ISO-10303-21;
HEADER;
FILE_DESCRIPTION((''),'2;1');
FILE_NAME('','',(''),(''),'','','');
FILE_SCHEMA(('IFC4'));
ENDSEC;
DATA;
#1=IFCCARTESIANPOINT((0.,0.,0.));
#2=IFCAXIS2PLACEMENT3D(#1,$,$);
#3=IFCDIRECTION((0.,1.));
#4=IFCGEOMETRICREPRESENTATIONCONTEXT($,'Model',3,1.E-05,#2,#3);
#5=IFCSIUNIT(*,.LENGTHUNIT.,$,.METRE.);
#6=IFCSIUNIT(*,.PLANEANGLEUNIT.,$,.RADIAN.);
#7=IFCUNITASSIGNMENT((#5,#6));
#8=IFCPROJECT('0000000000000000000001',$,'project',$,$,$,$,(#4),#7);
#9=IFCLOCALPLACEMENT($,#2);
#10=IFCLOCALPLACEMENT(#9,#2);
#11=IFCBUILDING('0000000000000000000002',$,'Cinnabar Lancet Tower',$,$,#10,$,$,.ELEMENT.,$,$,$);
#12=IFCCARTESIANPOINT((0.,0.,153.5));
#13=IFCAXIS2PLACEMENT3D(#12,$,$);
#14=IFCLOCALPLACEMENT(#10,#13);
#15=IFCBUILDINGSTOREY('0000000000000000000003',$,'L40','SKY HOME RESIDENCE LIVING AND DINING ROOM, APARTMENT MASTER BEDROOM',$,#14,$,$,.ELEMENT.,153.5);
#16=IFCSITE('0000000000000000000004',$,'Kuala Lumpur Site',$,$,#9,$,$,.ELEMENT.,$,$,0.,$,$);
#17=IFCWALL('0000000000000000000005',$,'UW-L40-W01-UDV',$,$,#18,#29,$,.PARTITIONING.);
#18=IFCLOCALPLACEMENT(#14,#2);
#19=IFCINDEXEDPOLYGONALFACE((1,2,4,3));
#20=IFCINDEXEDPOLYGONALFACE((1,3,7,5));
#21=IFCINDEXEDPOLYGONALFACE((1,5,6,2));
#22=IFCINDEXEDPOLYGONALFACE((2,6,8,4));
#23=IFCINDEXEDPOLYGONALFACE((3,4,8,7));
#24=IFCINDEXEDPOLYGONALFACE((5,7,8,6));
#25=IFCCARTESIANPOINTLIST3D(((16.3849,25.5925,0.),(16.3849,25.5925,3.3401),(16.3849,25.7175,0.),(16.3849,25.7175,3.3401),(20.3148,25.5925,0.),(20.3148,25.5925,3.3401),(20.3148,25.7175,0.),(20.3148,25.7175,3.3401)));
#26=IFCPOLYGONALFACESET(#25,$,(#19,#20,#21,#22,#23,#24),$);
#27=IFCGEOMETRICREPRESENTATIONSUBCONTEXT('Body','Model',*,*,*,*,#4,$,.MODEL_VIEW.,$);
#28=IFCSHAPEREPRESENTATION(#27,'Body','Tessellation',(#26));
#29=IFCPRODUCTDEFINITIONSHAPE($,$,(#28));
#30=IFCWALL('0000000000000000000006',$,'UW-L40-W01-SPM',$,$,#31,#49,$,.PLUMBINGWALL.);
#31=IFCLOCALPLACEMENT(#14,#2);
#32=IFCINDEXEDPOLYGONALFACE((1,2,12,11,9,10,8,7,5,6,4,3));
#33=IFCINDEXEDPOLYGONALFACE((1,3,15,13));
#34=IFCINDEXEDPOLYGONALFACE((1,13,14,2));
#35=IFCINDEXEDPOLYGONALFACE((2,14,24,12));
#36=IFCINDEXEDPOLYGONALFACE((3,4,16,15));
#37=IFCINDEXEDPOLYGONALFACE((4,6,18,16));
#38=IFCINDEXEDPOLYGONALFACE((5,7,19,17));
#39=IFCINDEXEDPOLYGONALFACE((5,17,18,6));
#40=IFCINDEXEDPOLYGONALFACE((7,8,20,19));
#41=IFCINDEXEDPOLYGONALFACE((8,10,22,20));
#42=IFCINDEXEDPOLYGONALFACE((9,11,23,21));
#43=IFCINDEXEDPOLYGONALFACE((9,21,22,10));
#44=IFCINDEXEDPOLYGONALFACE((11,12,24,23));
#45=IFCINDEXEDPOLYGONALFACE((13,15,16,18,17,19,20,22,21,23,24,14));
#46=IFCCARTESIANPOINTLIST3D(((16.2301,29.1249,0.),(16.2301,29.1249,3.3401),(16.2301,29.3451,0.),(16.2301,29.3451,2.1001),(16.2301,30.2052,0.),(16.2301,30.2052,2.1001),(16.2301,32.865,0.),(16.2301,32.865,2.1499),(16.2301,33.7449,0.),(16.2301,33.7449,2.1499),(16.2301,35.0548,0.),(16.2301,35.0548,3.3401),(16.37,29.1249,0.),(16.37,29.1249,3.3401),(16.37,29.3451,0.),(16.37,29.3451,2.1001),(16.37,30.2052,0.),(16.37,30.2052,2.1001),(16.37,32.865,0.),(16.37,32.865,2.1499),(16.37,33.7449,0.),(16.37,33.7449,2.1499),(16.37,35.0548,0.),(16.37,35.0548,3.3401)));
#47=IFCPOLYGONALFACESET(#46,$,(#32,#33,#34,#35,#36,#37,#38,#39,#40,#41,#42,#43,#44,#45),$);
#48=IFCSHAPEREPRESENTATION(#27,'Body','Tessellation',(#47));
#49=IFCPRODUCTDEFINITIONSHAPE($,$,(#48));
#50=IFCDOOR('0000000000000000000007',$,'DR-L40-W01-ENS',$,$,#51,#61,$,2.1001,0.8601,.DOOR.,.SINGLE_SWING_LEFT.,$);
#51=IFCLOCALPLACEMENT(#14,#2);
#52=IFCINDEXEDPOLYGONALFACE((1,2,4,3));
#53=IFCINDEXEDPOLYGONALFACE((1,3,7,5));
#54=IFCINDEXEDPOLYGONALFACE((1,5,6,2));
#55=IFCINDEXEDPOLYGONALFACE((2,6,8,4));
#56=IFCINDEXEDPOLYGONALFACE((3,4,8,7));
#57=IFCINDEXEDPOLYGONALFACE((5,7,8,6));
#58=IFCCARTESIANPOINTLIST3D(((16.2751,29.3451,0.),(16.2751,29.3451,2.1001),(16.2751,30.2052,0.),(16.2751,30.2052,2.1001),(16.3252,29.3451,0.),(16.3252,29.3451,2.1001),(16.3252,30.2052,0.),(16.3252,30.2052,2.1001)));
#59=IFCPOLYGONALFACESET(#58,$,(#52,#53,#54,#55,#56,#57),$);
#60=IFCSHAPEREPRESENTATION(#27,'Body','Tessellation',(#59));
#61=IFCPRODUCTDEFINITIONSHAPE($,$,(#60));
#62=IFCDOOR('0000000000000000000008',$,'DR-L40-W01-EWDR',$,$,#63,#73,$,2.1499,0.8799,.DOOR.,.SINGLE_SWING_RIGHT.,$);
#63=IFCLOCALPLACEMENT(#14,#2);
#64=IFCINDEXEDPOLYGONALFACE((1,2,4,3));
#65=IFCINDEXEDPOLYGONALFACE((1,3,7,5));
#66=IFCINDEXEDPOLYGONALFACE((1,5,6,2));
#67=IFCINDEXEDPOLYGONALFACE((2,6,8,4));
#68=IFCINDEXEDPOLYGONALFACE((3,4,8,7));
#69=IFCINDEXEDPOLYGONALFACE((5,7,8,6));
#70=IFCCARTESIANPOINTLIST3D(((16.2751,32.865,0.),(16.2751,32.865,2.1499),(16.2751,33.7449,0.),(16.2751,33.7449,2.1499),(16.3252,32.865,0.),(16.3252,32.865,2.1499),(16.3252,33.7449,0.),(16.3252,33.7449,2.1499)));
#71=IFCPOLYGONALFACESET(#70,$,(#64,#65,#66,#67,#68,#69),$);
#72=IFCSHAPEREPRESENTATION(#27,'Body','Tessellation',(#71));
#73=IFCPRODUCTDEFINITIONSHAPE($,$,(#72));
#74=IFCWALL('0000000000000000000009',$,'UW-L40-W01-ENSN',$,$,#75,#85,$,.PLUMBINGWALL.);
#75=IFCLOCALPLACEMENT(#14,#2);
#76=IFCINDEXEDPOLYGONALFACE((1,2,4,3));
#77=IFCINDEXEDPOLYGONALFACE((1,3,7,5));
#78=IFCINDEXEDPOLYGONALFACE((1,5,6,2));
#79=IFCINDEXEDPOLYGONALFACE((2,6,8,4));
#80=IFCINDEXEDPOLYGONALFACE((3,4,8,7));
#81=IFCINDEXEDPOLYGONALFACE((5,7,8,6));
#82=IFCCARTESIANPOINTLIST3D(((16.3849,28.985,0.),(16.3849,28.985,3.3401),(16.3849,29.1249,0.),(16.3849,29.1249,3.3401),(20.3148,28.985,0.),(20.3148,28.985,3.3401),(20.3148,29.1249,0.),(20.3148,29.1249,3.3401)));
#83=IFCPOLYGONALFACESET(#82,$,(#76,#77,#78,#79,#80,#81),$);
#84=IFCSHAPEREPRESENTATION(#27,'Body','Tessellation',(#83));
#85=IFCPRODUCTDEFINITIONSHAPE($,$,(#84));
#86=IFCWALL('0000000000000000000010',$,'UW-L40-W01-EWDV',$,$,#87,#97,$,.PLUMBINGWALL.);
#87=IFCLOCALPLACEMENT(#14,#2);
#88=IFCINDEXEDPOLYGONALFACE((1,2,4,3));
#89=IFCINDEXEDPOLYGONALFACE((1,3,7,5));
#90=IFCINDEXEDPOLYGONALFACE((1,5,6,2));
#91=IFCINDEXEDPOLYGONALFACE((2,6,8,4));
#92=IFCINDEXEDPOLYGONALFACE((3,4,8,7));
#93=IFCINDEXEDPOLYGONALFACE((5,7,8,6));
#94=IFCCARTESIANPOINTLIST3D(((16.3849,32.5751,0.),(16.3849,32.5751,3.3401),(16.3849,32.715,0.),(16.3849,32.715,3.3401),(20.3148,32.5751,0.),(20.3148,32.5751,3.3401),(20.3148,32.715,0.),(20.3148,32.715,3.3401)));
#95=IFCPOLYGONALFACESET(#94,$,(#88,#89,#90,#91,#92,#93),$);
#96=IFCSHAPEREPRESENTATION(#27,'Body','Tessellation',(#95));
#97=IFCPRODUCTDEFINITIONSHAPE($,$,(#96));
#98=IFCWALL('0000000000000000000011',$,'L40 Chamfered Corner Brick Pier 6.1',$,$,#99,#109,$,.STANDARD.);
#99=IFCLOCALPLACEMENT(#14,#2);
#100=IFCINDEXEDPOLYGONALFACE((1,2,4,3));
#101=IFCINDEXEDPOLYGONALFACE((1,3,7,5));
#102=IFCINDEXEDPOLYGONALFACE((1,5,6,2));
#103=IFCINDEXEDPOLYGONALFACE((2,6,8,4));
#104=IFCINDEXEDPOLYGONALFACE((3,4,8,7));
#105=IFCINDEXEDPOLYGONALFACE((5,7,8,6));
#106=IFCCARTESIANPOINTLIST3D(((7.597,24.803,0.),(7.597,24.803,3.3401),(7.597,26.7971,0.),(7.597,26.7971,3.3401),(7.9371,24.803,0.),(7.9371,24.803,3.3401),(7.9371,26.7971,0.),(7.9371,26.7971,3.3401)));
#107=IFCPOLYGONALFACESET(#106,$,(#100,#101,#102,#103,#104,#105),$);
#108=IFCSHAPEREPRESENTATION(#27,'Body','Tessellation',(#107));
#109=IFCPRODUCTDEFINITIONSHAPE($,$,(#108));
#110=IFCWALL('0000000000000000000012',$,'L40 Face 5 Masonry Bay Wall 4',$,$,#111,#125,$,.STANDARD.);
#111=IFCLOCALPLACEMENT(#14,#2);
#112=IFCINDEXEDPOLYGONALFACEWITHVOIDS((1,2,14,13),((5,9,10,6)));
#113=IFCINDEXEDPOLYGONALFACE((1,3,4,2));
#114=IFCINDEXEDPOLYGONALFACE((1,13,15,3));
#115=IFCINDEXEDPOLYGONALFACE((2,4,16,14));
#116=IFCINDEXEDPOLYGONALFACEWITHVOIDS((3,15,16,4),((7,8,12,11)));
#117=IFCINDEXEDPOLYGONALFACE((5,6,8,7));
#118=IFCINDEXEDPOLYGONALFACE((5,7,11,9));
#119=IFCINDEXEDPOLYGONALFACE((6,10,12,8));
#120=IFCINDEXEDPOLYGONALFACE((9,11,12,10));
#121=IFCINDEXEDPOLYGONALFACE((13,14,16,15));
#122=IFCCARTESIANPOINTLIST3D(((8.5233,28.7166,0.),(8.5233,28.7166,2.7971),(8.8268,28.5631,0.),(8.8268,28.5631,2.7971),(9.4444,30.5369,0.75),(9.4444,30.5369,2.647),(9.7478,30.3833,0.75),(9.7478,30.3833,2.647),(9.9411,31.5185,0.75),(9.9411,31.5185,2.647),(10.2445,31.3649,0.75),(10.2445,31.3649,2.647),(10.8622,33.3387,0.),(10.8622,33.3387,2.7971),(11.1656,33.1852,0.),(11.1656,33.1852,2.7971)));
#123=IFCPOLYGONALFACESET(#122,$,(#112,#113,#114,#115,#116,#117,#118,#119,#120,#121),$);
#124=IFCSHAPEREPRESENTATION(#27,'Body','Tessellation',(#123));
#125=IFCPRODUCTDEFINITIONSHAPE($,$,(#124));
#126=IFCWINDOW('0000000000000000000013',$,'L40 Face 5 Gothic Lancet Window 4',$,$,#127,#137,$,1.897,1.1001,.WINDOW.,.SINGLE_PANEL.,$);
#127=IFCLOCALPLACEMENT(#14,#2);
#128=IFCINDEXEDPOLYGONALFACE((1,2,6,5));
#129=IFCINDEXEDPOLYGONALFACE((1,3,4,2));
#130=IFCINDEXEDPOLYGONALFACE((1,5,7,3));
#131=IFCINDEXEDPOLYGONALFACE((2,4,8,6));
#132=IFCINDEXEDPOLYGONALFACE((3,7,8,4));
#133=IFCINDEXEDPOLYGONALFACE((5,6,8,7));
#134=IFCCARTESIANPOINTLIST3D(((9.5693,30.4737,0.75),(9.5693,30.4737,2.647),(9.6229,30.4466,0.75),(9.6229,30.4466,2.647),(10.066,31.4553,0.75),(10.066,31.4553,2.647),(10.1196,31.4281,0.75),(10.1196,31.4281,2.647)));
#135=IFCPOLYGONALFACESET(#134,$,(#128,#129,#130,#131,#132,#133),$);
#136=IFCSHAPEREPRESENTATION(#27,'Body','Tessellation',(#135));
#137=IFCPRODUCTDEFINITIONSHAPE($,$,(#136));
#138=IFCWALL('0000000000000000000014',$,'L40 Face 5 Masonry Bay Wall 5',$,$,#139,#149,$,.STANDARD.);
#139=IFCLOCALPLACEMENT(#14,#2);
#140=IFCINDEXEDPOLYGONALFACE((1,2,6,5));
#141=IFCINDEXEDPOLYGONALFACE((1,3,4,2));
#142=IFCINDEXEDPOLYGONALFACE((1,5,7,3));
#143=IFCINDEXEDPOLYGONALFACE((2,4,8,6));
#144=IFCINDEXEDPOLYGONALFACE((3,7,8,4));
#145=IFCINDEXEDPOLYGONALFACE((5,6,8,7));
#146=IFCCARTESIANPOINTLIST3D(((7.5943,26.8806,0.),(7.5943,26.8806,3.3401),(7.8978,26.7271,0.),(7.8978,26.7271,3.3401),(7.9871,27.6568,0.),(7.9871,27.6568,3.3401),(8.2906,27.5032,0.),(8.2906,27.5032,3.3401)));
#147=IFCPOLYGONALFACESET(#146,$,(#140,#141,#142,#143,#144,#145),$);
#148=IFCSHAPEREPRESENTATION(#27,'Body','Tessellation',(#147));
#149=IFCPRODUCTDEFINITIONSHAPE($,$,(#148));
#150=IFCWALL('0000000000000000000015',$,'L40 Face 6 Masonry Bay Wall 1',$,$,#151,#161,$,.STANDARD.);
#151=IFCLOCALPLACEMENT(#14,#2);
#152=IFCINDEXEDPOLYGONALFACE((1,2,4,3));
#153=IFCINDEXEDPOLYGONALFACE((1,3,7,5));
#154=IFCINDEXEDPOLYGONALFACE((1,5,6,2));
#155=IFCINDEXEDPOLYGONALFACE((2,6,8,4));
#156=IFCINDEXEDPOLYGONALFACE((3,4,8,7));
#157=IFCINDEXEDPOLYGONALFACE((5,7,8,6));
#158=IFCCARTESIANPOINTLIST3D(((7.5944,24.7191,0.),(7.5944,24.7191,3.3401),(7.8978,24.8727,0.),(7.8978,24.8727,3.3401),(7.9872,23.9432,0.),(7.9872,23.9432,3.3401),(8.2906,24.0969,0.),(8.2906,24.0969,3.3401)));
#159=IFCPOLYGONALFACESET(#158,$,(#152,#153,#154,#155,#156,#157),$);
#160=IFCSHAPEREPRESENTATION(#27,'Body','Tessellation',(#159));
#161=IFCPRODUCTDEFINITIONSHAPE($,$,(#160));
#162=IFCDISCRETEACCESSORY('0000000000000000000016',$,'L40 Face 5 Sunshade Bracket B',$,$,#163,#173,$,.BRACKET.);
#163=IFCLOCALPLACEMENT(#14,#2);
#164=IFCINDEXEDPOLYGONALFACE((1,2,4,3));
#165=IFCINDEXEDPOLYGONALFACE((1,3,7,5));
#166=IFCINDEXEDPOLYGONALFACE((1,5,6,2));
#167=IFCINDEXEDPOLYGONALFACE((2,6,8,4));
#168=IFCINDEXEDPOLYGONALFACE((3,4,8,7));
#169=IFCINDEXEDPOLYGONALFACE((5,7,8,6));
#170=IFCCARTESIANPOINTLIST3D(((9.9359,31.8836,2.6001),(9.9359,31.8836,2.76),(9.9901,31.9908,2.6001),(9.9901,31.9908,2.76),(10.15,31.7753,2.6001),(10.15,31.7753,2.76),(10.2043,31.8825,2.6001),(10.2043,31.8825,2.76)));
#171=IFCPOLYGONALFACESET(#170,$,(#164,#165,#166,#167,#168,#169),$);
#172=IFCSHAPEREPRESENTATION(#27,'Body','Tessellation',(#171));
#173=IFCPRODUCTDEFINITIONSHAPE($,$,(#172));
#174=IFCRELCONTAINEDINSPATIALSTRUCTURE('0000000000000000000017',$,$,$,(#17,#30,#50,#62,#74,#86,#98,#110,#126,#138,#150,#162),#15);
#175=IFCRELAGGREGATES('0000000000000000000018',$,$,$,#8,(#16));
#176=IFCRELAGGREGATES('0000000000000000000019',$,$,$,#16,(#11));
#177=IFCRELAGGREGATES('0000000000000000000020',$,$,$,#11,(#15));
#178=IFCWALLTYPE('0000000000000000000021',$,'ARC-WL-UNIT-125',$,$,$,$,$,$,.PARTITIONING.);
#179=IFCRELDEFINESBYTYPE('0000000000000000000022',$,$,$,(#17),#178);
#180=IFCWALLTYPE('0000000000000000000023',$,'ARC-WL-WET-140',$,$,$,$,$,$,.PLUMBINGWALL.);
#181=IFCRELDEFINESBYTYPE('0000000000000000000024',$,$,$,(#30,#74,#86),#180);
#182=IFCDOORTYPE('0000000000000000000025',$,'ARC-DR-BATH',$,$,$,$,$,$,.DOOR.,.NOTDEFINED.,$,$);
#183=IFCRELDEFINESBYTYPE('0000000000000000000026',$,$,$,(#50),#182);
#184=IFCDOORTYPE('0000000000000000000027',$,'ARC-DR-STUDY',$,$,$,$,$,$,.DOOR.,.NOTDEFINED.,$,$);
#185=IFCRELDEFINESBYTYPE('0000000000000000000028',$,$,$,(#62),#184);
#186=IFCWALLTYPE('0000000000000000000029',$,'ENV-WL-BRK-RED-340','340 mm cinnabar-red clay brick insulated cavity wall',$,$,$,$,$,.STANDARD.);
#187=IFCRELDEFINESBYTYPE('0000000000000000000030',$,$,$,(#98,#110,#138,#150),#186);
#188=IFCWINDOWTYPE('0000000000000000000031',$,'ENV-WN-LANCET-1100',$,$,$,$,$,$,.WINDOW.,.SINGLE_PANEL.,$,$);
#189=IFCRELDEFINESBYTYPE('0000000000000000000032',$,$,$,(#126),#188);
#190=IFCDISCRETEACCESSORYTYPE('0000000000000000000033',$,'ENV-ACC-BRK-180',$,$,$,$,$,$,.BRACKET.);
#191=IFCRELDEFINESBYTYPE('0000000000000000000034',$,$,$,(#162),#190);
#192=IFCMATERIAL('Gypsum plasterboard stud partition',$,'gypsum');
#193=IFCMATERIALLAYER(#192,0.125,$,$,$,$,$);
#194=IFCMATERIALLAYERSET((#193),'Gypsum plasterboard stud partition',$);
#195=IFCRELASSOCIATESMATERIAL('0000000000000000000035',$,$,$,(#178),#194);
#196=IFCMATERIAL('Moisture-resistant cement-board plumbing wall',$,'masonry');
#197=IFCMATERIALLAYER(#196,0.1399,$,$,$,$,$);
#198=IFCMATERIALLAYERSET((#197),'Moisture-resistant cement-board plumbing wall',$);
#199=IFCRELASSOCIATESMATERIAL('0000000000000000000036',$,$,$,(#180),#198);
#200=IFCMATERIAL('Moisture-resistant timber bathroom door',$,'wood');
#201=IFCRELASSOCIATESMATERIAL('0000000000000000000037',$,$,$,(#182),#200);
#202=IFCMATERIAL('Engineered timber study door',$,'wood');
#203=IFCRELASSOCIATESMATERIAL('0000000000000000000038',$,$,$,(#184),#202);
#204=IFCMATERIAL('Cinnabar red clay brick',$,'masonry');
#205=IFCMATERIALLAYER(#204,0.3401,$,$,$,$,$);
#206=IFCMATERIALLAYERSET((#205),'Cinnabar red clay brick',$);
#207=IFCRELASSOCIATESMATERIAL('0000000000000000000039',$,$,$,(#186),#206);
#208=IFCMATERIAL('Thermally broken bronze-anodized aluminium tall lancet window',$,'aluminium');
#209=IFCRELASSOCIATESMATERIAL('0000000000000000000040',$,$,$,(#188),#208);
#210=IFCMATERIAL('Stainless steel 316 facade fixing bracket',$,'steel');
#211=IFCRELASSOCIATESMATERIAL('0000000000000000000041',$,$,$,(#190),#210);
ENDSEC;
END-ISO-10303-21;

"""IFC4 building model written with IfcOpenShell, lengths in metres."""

from ifc_helpers import new_model, si_unit, direction, frame, frame_2d, origin, origin_2d, place, context, subcontext, project, spatial, rectangle, extrude, material, layer, layer_set, type_object, element, fill, save


model = new_model("IFC4")

# Units and contexts
model_context = context("Model", 3, precision=1e-05, world=origin(), true_north=direction((0.0, 1.0)))
body_context = subcontext(model_context, "Body", "Model", "MODEL_VIEW")
ifc_project = project(units=[si_unit("LENGTHUNIT", "METRE"), si_unit("PLANEANGLEUNIT", "RADIAN")], contexts=[model_context])

# Site, building, storey
site_placement = place(None, origin())
site = spatial("IfcSite", under=ifc_project, at=site_placement, Name="Kuala Lumpur Site", CompositionType="ELEMENT", RefElevation=0.0)
building_placement = place(site_placement, origin())
building = spatial("IfcBuilding", under=site, at=building_placement, Name="Cinnabar Lancet Tower", CompositionType="ELEMENT")
storey_placement = place(building_placement, frame((0.0, 0.0, 153.5)))
storey = spatial("IfcBuildingStorey", under=building, at=storey_placement, Name="L40", Description="SKY HOME RESIDENCE LIVING AND DINING ROOM, APARTMENT MASTER BEDROOM", CompositionType="ELEMENT", Elevation=153.5)

# Shared definitions
ifc_material_1 = material(Name="Gypsum plasterboard stud partition", Category="gypsum")
ifc_layer_1 = layer(ifc_material_1, 0.125)
ifc_layer_set_1 = layer_set([ifc_layer_1], Name="Gypsum plasterboard stud partition")
wall_type_1 = type_object("IfcWallType", Name="ARC-WL-UNIT-125", PredefinedType="PARTITIONING", material=ifc_layer_set_1)

# Wall
wall_1_placement = place(storey_placement, frame((16.385, 25.655, 0.0), z_axis=(0.0, 0.0, 1.0), x_axis=(1.0, 0.0, 0.0)))
element("IfcWall", 1, at=wall_1_placement, inside=storey, type_object=wall_type_1, Name="UW-L40-W01-UDV", PredefinedType="PARTITIONING", context=body_context, shape_type="SweptSolid", body=[
    extrude(rectangle(XDim=3.9299, YDim=0.125, at=frame_2d((1.9648, 0.0))), origin(), (0.0, 0.0, 1.0), 3.3401),
])

# Wall, openings, doors
ifc_material_2 = material(Name="Moisture-resistant cement-board plumbing wall", Category="masonry")
ifc_layer_2 = layer(ifc_material_2, 0.1399)
ifc_layer_set_2 = layer_set([ifc_layer_2], Name="Moisture-resistant cement-board plumbing wall")
wall_type_2 = type_object("IfcWallType", Name="ARC-WL-WET-140", PredefinedType="PLUMBINGWALL", material=ifc_layer_set_2)
wall_2_placement = place(storey_placement, frame((16.3, 29.125, 0.0), z_axis=(0.0, 0.0, 1.0), x_axis=(0.0, 1.0, 0.0)))
wall_2 = element("IfcWall", 2, at=wall_2_placement, inside=storey, type_object=wall_type_2, Name="UW-L40-W01-SPM", PredefinedType="PLUMBINGWALL", context=body_context, shape_type="SweptSolid", body=[
    extrude(rectangle(XDim=5.9299, YDim=0.1399, at=frame_2d((2.9648, 0.0))), origin(), (0.0, 0.0, 1.0), 3.3401),
])
opening_1_placement = place(wall_2_placement, frame((0.22, 0.0, 0.0)))
opening_1 = element("IfcOpeningElement", 3, at=opening_1_placement, cuts=wall_2, PredefinedType="OPENING", context=body_context, shape_type="SweptSolid", body=[
    extrude(rectangle(XDim=0.8601, YDim=2.1001, at=frame_2d((0.4302, 1.05))), frame((0.0, 0.0798, 0.0), z_axis=(0.0, -1.0, 0.0), x_axis=(1.0, 0.0, 0.0)), (0.0, 0.0, 1.0), 0.1599),
])
opening_2_placement = place(wall_2_placement, frame((3.74, 0.0, 0.0)))
opening_2 = element("IfcOpeningElement", 4, at=opening_2_placement, cuts=wall_2, PredefinedType="OPENING", context=body_context, shape_type="SweptSolid", body=[
    extrude(rectangle(XDim=0.8799, YDim=2.1499, at=frame_2d((0.4399, 1.075))), frame((0.0, 0.0798, 0.0), z_axis=(0.0, -1.0, 0.0), x_axis=(1.0, 0.0, 0.0)), (0.0, 0.0, 1.0), 0.1599),
])
ifc_material_3 = material(Name="Moisture-resistant timber bathroom door", Category="wood")
door_type_1 = type_object("IfcDoorType", Name="ARC-DR-BATH", OperationType="NOTDEFINED", PredefinedType="DOOR", material=ifc_material_3)
door_1_placement = place(opening_1_placement, origin())
door_1 = element("IfcDoor", 5, at=door_1_placement, inside=storey, type_object=door_type_1, Name="DR-L40-W01-ENS", OperationType="SINGLE_SWING_LEFT", OverallHeight=2.1001, OverallWidth=0.8601, PredefinedType="DOOR", context=body_context, shape_type="SweptSolid", body=[
    extrude(rectangle(XDim=0.8601, YDim=2.1001, at=frame_2d((0.4302, 1.05))), frame((0.0, 0.0249, 0.0), z_axis=(0.0, -1.0, 0.0), x_axis=(1.0, 0.0, 0.0)), (0.0, 0.0, 1.0), 0.05),
])
fill(opening_1, door_1)
ifc_material_4 = material(Name="Engineered timber study door", Category="wood")
door_type_2 = type_object("IfcDoorType", Name="ARC-DR-STUDY", OperationType="NOTDEFINED", PredefinedType="DOOR", material=ifc_material_4)
door_2_placement = place(opening_2_placement, origin())
door_2 = element("IfcDoor", 6, at=door_2_placement, inside=storey, type_object=door_type_2, Name="DR-L40-W01-EWDR", OperationType="SINGLE_SWING_RIGHT", OverallHeight=2.1499, OverallWidth=0.8799, PredefinedType="DOOR", context=body_context, shape_type="SweptSolid", body=[
    extrude(rectangle(XDim=0.8799, YDim=2.1499, at=frame_2d((0.4399, 1.075))), frame((0.0, 0.0249, 0.0), z_axis=(0.0, -1.0, 0.0), x_axis=(1.0, 0.0, 0.0)), (0.0, 0.0, 1.0), 0.05),
])
fill(opening_2, door_2)

# Walls
for number, where, z_axis, x_axis, name in (
    (7, (16.385, 29.0549, 0.0), (0.0, 0.0, 1.0), (1.0, 0.0, 0.0), "UW-L40-W01-ENSN"),
    (8, (16.385, 32.645, 0.0), (0.0, 0.0, 1.0), (1.0, 0.0, 0.0), "UW-L40-W01-EWDV"),
):
    element("IfcWall", number, at=place(storey_placement, frame(where, z_axis=z_axis, x_axis=x_axis)), inside=storey, type_object=wall_type_2, Name=name, PredefinedType="PLUMBINGWALL", context=body_context, shape_type="SweptSolid", body=[
        extrude(rectangle(XDim=3.9299, YDim=0.1399, at=frame_2d((1.9648, 0.0))), origin(), (0.0, 0.0, 1.0), 3.3401),
    ])
ifc_material_5 = material(Name="Cinnabar red clay brick", Category="masonry")
ifc_layer_3 = layer(ifc_material_5, 0.3401)
ifc_layer_set_3 = layer_set([ifc_layer_3], Name="Cinnabar red clay brick")
wall_type_3 = type_object("IfcWallType", Name="ENV-WL-BRK-RED-340", Description="340 mm cinnabar-red clay brick insulated cavity wall", PredefinedType="STANDARD", material=ifc_layer_set_3)
wall_3_placement = place(storey_placement, frame((7.7671, 26.7971, 0.0), z_axis=(0.0, 0.0, 1.0), x_axis=(0.0, -1.0, 0.0)))
element("IfcWall", 9, at=wall_3_placement, inside=storey, type_object=wall_type_3, Name="L40 Chamfered Corner Brick Pier 6.1", PredefinedType="STANDARD", context=body_context, shape_type="SweptSolid", body=[
    extrude(rectangle(XDim=1.9941, YDim=0.3401, at=frame_2d((0.9971, 0.0))), origin(), (0.0, 0.0, 1.0), 3.3401),
])

# Wall, opening, window
wall_4_placement = place(storey_placement, frame((11.0139, 33.262, 0.0), z_axis=(0.0, 0.0, 1.0), x_axis=(-0.451507, -0.892268, 0.0)))
wall_4 = element("IfcWall", 10, at=wall_4_placement, inside=storey, type_object=wall_type_3, Name="L40 Face 5 Masonry Bay Wall 4", PredefinedType="STANDARD", context=body_context, shape_type="SweptSolid", body=[
    extrude(rectangle(XDim=5.1802, YDim=0.3401, at=frame_2d((2.5901, 0.0))), origin(), (0.0, 0.0, 1.0), 2.7971),
])
opening_3_placement = place(wall_4_placement, frame((2.04, 0.0, 0.75)))
opening_3 = element("IfcOpeningElement", 11, at=opening_3_placement, cuts=wall_4, PredefinedType="OPENING", context=body_context, shape_type="SweptSolid", body=[
    extrude(rectangle(XDim=1.1001, YDim=1.897, at=frame_2d((0.55, 0.9485))), frame((0.0, 0.1799, 0.0), z_axis=(0.0, -1.0, 0.0), x_axis=(1.0, 0.0, 0.0)), (0.0, 0.0, 1.0), 0.3601),
])
ifc_material_6 = material(Name="Thermally broken bronze-anodized aluminium tall lancet window", Category="aluminium")
window_type = type_object("IfcWindowType", Name="ENV-WN-LANCET-1100", PartitioningType="SINGLE_PANEL", PredefinedType="WINDOW", material=ifc_material_6)
window_placement = place(opening_3_placement, origin())
window = element("IfcWindow", 12, at=window_placement, inside=storey, type_object=window_type, Name="L40 Face 5 Gothic Lancet Window 4", OverallHeight=1.897, OverallWidth=1.1001, PartitioningType="SINGLE_PANEL", PredefinedType="WINDOW", context=body_context, shape_type="SweptSolid", body=[
    extrude(rectangle(XDim=1.1001, YDim=1.897, at=frame_2d((0.55, 0.9485))), frame((0.0, 0.03, 0.0), z_axis=(0.0, -1.0, 0.0), x_axis=(1.0, 0.0, 0.0)), (0.0, 0.0, 1.0), 0.0601),
])
fill(opening_3, window)

# Walls
wall_5_placement = place(storey_placement, frame((8.1389, 27.5801, 0.0), z_axis=(0.0, 0.0, 1.0), x_axis=(-0.451587, -0.892227, 0.0)))
element("IfcWall", 13, at=wall_5_placement, inside=storey, type_object=wall_type_3, Name="L40 Face 5 Masonry Bay Wall 5", PredefinedType="STANDARD", context=body_context, shape_type="SweptSolid", body=[
    extrude(rectangle(XDim=0.8699, YDim=0.3401, at=frame_2d((0.4351, 0.0))), origin(), (0.0, 0.0, 1.0), 3.3401),
])
wall_6_placement = place(storey_placement, frame((7.7461, 24.7959, 0.0), z_axis=(0.0, 0.0, 1.0), x_axis=(0.4517, -0.89217, 0.0)))
element("IfcWall", 14, at=wall_6_placement, inside=storey, type_object=wall_type_3, Name="L40 Face 6 Masonry Bay Wall 1", PredefinedType="STANDARD", context=body_context, shape_type="SweptSolid", body=[
    extrude(rectangle(XDim=0.8696, YDim=0.3401, at=frame_2d((0.4348, 0.0))), origin(), (0.0, 0.0, 1.0), 3.3401),
])

# Discrete accessory
ifc_material_7 = material(Name="Stainless steel 316 facade fixing bracket", Category="steel")
discrete_accessory_type = type_object("IfcDiscreteAccessoryType", Name="ENV-ACC-BRK-180", PredefinedType="BRACKET", material=ifc_material_7)
discrete_accessory_placement = place(storey_placement, frame((10.0701, 31.8831, 2.6001), z_axis=(0.0, 0.0, 1.0), x_axis=(-0.451454, -0.892294, 0.0)))
element("IfcDiscreteAccessory", 15, at=discrete_accessory_placement, inside=storey, type_object=discrete_accessory_type, Name="L40 Face 5 Sunshade Bracket B", PredefinedType="BRACKET", context=body_context, shape_type="SweptSolid", body=[
    extrude(rectangle(XDim=0.1201, YDim=0.24, at=origin_2d()), origin(), (0.0, 0.0, 1.0), 0.1599),
])

save(model, "model.ifc")
